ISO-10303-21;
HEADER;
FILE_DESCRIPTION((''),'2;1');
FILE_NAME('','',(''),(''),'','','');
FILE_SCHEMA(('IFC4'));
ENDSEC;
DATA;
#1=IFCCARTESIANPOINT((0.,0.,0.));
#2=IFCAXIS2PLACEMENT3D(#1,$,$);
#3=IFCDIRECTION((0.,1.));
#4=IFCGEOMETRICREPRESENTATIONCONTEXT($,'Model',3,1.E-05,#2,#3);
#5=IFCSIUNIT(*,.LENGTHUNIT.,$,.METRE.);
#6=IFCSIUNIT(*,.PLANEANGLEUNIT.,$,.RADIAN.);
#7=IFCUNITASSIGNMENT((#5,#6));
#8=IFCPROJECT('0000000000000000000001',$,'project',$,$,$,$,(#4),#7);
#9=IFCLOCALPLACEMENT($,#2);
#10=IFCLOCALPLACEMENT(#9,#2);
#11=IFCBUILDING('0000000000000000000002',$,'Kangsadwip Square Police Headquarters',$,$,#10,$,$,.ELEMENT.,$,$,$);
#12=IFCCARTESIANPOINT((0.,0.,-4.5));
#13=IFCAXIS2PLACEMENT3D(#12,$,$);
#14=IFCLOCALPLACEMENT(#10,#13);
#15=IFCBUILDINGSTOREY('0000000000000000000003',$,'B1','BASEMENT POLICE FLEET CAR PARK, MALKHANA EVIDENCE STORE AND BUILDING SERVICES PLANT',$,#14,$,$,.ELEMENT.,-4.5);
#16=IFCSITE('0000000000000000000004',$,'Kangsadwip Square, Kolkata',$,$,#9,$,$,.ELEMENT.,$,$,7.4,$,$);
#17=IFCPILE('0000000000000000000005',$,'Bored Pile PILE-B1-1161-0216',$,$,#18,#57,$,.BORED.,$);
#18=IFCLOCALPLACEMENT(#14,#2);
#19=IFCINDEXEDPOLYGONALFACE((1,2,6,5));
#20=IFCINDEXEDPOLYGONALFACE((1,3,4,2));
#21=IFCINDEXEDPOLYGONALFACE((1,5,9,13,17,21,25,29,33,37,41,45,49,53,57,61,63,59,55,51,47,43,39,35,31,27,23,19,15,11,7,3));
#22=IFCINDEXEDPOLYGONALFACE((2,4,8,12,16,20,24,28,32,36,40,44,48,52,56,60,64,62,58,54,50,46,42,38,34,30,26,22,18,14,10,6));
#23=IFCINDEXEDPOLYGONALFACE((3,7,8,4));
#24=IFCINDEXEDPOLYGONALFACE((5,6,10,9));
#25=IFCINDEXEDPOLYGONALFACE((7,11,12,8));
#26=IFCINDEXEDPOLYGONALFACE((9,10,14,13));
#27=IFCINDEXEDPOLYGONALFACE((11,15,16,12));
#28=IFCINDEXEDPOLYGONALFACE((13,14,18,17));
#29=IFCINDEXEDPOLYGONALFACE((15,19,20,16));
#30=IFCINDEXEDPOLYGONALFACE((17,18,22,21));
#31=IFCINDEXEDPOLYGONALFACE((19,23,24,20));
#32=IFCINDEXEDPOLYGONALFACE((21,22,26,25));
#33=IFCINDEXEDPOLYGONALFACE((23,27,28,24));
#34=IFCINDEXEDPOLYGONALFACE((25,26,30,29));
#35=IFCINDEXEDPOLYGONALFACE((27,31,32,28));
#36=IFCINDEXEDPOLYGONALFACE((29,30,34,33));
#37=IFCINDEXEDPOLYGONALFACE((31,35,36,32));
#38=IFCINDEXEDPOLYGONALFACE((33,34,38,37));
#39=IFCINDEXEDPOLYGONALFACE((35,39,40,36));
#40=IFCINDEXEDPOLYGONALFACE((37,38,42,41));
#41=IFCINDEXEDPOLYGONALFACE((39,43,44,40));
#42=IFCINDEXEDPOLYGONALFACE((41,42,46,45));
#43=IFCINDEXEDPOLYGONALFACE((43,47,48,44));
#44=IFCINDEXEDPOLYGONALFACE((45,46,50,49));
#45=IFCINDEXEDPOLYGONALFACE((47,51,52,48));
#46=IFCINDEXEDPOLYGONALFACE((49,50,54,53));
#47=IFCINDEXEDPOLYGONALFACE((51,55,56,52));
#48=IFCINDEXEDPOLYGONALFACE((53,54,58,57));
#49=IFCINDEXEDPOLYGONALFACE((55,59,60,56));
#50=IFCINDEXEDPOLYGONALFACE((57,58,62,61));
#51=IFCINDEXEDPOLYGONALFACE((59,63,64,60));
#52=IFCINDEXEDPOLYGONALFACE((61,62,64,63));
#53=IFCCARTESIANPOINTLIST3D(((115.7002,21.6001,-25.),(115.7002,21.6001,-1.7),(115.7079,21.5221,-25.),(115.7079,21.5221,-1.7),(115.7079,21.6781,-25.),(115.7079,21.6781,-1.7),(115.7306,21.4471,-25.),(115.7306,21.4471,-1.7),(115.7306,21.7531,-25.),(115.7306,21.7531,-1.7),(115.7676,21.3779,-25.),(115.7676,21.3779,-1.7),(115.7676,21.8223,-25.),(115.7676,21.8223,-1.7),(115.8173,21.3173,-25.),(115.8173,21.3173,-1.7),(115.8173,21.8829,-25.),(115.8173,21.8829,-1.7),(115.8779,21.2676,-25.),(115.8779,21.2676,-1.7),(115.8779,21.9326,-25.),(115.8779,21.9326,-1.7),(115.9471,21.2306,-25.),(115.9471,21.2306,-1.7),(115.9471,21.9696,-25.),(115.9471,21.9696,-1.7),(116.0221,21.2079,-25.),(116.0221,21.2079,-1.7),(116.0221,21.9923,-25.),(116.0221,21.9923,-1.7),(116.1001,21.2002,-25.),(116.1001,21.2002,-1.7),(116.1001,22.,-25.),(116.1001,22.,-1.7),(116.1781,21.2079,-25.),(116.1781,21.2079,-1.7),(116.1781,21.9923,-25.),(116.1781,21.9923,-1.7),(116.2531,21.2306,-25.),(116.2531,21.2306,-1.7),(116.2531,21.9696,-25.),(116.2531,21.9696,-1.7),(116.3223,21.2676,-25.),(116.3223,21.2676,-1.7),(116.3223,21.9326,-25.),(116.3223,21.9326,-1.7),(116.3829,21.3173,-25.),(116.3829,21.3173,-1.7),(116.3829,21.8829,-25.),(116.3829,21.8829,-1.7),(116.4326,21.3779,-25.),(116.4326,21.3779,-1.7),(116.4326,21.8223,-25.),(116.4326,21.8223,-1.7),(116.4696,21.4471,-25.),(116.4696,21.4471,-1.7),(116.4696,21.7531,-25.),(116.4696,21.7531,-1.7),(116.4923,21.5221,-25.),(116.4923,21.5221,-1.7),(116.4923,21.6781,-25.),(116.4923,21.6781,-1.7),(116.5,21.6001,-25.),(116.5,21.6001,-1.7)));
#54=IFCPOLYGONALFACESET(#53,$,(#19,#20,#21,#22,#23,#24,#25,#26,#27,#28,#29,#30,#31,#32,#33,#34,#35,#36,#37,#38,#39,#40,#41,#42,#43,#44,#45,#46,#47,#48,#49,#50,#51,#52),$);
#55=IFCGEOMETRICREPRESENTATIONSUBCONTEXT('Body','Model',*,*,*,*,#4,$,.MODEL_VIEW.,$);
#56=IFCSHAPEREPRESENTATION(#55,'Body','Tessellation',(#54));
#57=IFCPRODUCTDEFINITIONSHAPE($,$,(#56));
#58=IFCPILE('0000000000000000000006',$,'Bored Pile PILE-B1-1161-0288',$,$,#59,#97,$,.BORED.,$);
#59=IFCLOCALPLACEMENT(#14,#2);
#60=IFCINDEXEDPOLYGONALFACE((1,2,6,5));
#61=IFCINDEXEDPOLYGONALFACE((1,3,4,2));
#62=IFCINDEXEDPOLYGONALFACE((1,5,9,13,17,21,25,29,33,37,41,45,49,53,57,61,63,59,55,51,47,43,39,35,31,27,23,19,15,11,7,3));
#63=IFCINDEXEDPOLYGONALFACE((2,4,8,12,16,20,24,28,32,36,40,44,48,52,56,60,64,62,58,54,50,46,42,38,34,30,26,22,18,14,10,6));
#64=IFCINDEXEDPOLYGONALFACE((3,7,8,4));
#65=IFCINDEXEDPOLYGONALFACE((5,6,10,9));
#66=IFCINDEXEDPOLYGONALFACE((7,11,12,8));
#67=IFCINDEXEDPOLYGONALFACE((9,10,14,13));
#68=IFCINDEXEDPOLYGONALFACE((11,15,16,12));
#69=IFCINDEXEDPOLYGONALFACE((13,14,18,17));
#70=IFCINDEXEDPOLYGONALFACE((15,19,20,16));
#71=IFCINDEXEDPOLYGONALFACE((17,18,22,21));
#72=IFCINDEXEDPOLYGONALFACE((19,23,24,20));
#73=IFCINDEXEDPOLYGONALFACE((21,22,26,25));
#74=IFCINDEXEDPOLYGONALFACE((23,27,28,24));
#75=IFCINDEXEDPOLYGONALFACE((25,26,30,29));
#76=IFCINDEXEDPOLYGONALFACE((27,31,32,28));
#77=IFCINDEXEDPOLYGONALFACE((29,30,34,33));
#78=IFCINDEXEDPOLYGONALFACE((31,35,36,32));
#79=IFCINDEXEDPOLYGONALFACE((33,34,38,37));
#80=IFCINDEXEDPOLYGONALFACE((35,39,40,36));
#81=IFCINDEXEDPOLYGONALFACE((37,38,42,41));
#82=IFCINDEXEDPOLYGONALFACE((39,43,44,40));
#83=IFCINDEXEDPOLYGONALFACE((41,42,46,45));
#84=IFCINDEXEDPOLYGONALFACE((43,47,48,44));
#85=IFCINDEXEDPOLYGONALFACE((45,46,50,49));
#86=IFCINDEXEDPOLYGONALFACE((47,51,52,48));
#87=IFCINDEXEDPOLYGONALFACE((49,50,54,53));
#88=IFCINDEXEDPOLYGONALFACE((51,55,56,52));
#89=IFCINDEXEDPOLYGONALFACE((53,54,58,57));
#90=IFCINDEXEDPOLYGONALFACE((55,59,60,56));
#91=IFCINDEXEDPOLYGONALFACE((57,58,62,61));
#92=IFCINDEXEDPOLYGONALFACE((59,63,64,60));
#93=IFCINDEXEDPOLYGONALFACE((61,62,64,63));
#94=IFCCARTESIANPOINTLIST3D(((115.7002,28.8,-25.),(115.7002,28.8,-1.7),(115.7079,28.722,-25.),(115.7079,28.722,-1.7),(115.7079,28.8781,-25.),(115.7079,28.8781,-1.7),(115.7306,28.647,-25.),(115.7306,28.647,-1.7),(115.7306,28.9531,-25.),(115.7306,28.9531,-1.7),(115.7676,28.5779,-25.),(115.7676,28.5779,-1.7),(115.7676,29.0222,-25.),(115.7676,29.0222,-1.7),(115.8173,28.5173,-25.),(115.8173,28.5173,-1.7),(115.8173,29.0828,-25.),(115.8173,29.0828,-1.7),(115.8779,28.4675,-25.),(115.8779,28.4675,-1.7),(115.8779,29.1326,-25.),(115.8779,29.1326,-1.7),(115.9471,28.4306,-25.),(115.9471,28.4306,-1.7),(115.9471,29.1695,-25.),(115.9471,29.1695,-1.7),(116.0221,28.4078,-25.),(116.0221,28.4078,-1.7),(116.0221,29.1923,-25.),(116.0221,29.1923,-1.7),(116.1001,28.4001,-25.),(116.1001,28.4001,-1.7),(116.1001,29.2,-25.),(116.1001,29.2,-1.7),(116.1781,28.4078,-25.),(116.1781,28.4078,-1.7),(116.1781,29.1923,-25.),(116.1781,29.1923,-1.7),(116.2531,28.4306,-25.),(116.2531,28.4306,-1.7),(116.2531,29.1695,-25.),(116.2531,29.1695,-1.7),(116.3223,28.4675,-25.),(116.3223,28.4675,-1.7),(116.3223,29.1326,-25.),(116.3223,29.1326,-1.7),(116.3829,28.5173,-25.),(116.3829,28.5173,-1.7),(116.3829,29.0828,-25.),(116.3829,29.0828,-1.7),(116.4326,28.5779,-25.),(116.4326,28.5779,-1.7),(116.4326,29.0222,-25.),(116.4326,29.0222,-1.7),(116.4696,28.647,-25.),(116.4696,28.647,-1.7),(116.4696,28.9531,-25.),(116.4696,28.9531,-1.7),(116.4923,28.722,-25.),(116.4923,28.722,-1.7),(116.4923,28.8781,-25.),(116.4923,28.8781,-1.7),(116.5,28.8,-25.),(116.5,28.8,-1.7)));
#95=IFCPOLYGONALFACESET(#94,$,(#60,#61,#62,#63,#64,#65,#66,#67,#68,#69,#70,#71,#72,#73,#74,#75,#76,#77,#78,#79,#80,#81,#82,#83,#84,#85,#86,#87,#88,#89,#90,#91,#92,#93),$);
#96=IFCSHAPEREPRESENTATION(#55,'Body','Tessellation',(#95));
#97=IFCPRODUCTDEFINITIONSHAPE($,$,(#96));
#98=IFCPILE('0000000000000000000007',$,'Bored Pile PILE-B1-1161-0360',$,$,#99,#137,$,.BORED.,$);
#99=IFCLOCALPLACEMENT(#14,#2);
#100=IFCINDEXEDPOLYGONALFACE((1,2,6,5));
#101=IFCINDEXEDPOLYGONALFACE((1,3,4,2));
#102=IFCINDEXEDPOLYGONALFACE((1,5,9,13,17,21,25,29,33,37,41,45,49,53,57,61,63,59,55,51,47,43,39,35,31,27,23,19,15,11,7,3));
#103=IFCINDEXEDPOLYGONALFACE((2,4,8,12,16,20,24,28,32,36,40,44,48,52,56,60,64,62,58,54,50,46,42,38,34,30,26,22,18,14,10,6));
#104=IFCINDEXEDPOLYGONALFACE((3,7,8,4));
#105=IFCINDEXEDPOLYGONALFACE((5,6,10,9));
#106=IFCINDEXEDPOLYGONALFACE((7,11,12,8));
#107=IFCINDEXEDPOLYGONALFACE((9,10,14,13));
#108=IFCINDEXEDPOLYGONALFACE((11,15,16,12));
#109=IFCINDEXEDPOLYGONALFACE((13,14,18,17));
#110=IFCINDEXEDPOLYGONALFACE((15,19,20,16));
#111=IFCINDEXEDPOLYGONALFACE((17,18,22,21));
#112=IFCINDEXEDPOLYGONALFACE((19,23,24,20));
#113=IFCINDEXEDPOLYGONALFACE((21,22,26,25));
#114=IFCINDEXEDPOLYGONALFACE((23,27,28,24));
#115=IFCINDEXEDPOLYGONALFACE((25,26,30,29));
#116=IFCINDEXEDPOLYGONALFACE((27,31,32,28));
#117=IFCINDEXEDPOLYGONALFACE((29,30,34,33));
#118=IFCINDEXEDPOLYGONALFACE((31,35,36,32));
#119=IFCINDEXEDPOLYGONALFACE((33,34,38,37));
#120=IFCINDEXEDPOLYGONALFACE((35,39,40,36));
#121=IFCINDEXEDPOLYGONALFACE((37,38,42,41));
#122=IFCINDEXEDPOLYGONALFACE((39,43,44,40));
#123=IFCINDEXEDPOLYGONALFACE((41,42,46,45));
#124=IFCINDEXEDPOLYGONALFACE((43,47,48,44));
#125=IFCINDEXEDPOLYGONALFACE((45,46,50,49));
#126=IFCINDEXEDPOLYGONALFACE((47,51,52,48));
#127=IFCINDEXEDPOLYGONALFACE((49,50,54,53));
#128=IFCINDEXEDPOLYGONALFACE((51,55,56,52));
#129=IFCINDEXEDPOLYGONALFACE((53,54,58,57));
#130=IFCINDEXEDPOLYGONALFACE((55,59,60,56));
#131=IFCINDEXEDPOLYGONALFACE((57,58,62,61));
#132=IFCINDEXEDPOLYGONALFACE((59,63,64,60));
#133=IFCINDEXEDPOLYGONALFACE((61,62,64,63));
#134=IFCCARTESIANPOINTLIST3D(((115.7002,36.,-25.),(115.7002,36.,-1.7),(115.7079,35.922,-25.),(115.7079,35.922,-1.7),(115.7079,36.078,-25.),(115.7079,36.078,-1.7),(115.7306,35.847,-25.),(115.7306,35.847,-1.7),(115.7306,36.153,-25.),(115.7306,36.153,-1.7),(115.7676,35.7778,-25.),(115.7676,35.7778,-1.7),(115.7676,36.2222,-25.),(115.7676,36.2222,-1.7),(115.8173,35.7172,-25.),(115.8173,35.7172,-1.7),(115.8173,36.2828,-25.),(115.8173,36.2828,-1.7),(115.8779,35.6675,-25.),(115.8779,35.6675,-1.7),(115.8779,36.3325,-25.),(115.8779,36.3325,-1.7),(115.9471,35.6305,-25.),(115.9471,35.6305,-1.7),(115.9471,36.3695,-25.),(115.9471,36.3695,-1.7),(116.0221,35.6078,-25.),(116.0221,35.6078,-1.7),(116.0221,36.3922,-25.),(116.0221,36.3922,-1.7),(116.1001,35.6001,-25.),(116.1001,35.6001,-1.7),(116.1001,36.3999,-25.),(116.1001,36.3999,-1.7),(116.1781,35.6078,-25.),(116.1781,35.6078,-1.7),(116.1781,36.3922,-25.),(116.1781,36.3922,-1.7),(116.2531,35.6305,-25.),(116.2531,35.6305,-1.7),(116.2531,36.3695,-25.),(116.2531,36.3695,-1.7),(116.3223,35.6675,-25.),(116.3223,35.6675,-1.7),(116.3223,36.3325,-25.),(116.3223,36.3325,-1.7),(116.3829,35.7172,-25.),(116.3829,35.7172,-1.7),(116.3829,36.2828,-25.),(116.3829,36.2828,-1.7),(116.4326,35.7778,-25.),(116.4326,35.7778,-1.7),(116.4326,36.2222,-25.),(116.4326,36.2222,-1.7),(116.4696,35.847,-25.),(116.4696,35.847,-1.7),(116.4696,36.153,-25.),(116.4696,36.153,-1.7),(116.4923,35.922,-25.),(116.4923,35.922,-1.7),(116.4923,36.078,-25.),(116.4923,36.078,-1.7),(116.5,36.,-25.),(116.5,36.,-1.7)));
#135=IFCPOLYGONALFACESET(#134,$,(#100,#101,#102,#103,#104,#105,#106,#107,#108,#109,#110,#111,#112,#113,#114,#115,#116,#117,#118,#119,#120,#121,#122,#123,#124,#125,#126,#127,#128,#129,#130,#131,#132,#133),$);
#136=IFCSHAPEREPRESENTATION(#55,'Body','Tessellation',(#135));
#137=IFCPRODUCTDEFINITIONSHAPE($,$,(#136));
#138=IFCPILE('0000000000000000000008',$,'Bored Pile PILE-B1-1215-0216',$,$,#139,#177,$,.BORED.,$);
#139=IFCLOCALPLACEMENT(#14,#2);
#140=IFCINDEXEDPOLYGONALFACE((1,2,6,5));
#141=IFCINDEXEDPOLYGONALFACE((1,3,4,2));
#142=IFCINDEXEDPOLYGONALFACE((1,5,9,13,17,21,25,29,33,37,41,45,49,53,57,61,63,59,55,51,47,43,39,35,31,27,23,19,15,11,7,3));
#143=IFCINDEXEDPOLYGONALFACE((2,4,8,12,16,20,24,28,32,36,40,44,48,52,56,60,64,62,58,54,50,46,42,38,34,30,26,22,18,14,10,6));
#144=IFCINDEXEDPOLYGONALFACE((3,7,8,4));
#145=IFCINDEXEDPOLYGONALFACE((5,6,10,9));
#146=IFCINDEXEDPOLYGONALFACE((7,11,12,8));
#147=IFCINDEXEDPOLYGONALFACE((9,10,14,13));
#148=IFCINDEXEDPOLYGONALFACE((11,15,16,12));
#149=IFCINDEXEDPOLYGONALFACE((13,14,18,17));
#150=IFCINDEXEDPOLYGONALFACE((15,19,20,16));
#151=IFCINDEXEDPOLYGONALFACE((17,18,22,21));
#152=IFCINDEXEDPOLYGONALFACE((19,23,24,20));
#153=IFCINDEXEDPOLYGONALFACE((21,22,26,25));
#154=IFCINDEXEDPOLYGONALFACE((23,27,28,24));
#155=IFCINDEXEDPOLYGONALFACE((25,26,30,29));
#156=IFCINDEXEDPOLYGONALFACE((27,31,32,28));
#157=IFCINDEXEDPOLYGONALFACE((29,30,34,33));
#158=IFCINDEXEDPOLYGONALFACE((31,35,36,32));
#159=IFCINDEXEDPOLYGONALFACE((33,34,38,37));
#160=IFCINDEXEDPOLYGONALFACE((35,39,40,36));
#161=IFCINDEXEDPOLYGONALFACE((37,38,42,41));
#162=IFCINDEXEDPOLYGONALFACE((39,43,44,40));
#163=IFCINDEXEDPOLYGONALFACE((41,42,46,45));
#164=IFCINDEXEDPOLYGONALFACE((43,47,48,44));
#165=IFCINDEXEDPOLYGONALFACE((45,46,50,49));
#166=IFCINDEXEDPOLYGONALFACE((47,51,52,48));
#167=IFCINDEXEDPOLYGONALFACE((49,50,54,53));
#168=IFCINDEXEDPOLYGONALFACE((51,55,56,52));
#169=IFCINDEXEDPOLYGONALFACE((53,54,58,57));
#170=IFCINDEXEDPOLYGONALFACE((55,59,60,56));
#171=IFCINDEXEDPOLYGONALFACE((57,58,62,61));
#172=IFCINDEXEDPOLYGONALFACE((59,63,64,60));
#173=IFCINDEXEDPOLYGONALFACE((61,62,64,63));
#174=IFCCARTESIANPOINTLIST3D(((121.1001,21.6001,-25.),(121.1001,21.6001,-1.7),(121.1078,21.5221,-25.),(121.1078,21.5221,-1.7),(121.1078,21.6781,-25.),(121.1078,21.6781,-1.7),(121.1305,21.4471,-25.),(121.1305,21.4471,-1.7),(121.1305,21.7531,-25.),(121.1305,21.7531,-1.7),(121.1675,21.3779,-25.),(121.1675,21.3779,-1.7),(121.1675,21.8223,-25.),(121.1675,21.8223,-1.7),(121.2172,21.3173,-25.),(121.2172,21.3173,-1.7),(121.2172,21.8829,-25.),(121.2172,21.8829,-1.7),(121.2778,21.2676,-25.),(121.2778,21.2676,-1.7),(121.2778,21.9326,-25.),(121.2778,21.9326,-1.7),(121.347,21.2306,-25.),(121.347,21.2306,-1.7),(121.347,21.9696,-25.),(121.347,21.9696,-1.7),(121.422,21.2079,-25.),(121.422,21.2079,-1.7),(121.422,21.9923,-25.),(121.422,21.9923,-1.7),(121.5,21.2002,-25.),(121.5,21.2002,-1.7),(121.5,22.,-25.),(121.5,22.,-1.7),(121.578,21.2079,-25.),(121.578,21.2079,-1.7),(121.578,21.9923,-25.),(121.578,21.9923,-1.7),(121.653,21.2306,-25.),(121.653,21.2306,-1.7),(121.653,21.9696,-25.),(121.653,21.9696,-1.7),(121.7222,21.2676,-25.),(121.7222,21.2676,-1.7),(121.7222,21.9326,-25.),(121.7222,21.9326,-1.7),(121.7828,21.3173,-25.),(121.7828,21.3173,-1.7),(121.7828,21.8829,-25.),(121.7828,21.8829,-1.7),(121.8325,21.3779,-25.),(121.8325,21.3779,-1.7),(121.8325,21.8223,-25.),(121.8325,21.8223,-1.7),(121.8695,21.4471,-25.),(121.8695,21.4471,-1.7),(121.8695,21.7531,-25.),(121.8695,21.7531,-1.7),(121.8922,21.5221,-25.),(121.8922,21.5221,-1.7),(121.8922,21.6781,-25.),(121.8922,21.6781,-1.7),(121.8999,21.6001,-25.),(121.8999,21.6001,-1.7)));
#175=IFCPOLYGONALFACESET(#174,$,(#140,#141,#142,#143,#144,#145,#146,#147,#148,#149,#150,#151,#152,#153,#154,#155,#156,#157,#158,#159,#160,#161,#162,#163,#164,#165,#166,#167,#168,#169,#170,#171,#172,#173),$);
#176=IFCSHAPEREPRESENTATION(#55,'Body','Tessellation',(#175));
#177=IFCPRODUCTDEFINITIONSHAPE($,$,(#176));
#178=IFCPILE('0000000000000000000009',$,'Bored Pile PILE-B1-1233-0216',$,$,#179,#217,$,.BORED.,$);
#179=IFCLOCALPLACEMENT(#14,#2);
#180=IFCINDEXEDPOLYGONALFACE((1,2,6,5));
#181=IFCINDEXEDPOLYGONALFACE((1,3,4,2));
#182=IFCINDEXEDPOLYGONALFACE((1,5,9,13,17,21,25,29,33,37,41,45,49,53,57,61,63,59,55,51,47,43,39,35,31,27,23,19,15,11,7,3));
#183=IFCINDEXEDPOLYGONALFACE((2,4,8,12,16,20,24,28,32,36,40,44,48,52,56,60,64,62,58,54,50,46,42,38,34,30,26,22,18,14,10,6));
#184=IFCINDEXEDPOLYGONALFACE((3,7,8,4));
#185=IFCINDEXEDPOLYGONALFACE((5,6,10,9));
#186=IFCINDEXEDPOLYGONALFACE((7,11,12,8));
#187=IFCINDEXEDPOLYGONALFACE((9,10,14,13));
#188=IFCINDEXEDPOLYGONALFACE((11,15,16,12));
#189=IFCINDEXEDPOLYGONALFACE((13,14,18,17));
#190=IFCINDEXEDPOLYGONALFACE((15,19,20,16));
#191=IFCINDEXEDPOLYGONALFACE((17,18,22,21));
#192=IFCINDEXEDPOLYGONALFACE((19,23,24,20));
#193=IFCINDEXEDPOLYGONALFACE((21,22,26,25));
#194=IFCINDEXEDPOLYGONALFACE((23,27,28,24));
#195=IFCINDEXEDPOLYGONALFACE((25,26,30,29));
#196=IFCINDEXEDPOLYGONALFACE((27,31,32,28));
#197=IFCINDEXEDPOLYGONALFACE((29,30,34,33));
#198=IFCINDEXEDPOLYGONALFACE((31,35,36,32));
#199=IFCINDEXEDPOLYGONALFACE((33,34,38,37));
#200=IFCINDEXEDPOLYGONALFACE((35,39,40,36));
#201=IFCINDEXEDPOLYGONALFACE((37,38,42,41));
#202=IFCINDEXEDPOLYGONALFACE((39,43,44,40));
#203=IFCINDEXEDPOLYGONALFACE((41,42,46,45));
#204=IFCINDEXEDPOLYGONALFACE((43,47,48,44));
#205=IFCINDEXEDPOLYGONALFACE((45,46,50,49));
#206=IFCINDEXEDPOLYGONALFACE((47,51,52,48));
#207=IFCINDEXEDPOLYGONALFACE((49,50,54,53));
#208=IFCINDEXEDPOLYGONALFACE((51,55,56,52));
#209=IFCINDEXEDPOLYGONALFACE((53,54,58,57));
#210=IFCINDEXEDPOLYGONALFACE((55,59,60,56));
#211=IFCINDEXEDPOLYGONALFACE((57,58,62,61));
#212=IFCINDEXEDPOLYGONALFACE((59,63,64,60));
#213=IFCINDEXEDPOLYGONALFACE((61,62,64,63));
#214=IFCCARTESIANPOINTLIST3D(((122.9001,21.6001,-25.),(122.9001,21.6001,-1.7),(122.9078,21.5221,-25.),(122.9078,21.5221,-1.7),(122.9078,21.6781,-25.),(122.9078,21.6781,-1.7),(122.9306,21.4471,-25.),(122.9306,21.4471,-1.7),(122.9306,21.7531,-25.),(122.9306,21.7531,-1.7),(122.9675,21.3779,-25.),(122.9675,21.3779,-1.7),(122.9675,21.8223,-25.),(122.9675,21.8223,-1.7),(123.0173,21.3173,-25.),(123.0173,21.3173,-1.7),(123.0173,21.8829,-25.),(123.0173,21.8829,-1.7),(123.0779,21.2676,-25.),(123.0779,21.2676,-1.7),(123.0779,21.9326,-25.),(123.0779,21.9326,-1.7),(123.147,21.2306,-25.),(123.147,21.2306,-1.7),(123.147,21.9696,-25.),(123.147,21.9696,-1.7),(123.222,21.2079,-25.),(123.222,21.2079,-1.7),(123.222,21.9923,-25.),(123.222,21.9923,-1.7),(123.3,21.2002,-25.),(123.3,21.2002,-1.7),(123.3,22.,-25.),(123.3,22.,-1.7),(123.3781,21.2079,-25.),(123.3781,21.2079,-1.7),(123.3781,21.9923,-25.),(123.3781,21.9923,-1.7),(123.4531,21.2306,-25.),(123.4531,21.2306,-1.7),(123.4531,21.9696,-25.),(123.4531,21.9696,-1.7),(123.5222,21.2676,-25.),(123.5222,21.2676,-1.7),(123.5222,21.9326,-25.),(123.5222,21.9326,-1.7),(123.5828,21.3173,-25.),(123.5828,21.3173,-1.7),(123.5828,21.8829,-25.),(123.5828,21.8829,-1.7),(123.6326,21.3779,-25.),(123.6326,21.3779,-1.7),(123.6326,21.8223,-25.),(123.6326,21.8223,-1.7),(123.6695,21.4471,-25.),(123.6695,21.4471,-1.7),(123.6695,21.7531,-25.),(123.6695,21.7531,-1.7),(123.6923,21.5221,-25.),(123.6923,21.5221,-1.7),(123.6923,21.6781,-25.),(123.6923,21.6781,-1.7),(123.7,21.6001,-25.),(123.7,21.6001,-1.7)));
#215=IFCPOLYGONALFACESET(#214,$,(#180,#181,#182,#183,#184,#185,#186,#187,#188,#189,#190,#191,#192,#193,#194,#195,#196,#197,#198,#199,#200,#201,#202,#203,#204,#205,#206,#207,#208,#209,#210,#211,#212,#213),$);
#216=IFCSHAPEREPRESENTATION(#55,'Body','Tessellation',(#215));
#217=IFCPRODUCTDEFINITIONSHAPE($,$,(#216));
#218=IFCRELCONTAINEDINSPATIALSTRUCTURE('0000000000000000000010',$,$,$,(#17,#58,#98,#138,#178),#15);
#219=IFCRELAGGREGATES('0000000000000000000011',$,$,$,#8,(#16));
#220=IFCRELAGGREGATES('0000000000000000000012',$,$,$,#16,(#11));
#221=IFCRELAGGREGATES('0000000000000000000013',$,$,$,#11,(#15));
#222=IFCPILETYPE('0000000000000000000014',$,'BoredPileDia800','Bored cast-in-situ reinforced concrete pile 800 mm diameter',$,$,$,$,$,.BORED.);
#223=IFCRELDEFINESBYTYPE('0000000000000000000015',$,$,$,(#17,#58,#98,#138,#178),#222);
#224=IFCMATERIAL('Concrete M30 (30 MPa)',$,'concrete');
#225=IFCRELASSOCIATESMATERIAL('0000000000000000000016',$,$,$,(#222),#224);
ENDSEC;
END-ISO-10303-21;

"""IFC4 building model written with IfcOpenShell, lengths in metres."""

from ifc_helpers import new_model, si_unit, direction, frame, origin, origin_2d, place, context, subcontext, project, spatial, circle, extrude, material, material_profile, profile_set, type_object, element, save


model = new_model("IFC4")

# Units and contexts
model_context = context("Model", 3, precision=1e-05, world=origin(), true_north=direction((0.0, 1.0)))
body_context = subcontext(model_context, "Body", "Model", "MODEL_VIEW")
ifc_project = project(units=[si_unit("LENGTHUNIT", "METRE"), si_unit("PLANEANGLEUNIT", "RADIAN")], contexts=[model_context])

# Site, building, storey
site_placement = place(None, origin())
site = spatial("IfcSite", under=ifc_project, at=site_placement, Name="Kangsadwip Square, Kolkata", CompositionType="ELEMENT", RefElevation=7.4)
building_placement = place(site_placement, origin())
building = spatial("IfcBuilding", under=site, at=building_placement, Name="Kangsadwip Square Police Headquarters", CompositionType="ELEMENT")
storey_placement = place(building_placement, frame((0.0, 0.0, -4.5)))
storey = spatial("IfcBuildingStorey", under=building, at=storey_placement, Name="B1", Description="BASEMENT POLICE FLEET CAR PARK, MALKHANA EVIDENCE STORE AND BUILDING SERVICES PLANT", CompositionType="ELEMENT", Elevation=-4.5)

# Piles
ifc_material_1 = material(Name="Concrete M30 (30 MPa)", Category="concrete")
ifc_material_profile_1 = material_profile(ifc_material_1, circle(Radius=0.3999, at=origin_2d()), Name="PILE DIA 800")
ifc_profile_set_1 = profile_set([ifc_material_profile_1], Name="Concrete M30 (30 MPa)")
pile_type = type_object("IfcPileType", Name="BoredPileDia800", Description="Bored cast-in-situ reinforced concrete pile 800 mm diameter", PredefinedType="BORED", material=ifc_profile_set_1)
for number, where, z_axis, x_axis, name in (
    (1, (116.1001, 21.6001, -1.7), (0.0, 0.0, -1.0), (1.0, 0.0, 0.0), "Bored Pile PILE-B1-1161-0216"),
    (2, (116.1001, 28.8, -1.7), (0.0, 0.0, -1.0), (1.0, 0.0, 0.0), "Bored Pile PILE-B1-1161-0288"),
    (3, (116.1001, 36.0, -1.7), (0.0, 0.0, -1.0), (1.0, 0.0, 0.0), "Bored Pile PILE-B1-1161-0360"),
    (4, (121.5, 21.6001, -1.7), (0.0, 0.0, -1.0), (1.0, 0.0, 0.0), "Bored Pile PILE-B1-1215-0216"),
    (5, (123.3, 21.6001, -1.7), (0.0, 0.0, -1.0), (1.0, 0.0, 0.0), "Bored Pile PILE-B1-1233-0216"),
):
    element("IfcPile", number, at=place(storey_placement, frame(where, z_axis=z_axis, x_axis=x_axis)), inside=storey, type_object=pile_type, Name=name, PredefinedType="BORED", context=body_context, shape_type="SweptSolid", body=[
        extrude(circle(Radius=0.3999, at=origin_2d()), origin(), (0.0, 0.0, 1.0), 23.3),
    ])

save(model, "model.ifc")
